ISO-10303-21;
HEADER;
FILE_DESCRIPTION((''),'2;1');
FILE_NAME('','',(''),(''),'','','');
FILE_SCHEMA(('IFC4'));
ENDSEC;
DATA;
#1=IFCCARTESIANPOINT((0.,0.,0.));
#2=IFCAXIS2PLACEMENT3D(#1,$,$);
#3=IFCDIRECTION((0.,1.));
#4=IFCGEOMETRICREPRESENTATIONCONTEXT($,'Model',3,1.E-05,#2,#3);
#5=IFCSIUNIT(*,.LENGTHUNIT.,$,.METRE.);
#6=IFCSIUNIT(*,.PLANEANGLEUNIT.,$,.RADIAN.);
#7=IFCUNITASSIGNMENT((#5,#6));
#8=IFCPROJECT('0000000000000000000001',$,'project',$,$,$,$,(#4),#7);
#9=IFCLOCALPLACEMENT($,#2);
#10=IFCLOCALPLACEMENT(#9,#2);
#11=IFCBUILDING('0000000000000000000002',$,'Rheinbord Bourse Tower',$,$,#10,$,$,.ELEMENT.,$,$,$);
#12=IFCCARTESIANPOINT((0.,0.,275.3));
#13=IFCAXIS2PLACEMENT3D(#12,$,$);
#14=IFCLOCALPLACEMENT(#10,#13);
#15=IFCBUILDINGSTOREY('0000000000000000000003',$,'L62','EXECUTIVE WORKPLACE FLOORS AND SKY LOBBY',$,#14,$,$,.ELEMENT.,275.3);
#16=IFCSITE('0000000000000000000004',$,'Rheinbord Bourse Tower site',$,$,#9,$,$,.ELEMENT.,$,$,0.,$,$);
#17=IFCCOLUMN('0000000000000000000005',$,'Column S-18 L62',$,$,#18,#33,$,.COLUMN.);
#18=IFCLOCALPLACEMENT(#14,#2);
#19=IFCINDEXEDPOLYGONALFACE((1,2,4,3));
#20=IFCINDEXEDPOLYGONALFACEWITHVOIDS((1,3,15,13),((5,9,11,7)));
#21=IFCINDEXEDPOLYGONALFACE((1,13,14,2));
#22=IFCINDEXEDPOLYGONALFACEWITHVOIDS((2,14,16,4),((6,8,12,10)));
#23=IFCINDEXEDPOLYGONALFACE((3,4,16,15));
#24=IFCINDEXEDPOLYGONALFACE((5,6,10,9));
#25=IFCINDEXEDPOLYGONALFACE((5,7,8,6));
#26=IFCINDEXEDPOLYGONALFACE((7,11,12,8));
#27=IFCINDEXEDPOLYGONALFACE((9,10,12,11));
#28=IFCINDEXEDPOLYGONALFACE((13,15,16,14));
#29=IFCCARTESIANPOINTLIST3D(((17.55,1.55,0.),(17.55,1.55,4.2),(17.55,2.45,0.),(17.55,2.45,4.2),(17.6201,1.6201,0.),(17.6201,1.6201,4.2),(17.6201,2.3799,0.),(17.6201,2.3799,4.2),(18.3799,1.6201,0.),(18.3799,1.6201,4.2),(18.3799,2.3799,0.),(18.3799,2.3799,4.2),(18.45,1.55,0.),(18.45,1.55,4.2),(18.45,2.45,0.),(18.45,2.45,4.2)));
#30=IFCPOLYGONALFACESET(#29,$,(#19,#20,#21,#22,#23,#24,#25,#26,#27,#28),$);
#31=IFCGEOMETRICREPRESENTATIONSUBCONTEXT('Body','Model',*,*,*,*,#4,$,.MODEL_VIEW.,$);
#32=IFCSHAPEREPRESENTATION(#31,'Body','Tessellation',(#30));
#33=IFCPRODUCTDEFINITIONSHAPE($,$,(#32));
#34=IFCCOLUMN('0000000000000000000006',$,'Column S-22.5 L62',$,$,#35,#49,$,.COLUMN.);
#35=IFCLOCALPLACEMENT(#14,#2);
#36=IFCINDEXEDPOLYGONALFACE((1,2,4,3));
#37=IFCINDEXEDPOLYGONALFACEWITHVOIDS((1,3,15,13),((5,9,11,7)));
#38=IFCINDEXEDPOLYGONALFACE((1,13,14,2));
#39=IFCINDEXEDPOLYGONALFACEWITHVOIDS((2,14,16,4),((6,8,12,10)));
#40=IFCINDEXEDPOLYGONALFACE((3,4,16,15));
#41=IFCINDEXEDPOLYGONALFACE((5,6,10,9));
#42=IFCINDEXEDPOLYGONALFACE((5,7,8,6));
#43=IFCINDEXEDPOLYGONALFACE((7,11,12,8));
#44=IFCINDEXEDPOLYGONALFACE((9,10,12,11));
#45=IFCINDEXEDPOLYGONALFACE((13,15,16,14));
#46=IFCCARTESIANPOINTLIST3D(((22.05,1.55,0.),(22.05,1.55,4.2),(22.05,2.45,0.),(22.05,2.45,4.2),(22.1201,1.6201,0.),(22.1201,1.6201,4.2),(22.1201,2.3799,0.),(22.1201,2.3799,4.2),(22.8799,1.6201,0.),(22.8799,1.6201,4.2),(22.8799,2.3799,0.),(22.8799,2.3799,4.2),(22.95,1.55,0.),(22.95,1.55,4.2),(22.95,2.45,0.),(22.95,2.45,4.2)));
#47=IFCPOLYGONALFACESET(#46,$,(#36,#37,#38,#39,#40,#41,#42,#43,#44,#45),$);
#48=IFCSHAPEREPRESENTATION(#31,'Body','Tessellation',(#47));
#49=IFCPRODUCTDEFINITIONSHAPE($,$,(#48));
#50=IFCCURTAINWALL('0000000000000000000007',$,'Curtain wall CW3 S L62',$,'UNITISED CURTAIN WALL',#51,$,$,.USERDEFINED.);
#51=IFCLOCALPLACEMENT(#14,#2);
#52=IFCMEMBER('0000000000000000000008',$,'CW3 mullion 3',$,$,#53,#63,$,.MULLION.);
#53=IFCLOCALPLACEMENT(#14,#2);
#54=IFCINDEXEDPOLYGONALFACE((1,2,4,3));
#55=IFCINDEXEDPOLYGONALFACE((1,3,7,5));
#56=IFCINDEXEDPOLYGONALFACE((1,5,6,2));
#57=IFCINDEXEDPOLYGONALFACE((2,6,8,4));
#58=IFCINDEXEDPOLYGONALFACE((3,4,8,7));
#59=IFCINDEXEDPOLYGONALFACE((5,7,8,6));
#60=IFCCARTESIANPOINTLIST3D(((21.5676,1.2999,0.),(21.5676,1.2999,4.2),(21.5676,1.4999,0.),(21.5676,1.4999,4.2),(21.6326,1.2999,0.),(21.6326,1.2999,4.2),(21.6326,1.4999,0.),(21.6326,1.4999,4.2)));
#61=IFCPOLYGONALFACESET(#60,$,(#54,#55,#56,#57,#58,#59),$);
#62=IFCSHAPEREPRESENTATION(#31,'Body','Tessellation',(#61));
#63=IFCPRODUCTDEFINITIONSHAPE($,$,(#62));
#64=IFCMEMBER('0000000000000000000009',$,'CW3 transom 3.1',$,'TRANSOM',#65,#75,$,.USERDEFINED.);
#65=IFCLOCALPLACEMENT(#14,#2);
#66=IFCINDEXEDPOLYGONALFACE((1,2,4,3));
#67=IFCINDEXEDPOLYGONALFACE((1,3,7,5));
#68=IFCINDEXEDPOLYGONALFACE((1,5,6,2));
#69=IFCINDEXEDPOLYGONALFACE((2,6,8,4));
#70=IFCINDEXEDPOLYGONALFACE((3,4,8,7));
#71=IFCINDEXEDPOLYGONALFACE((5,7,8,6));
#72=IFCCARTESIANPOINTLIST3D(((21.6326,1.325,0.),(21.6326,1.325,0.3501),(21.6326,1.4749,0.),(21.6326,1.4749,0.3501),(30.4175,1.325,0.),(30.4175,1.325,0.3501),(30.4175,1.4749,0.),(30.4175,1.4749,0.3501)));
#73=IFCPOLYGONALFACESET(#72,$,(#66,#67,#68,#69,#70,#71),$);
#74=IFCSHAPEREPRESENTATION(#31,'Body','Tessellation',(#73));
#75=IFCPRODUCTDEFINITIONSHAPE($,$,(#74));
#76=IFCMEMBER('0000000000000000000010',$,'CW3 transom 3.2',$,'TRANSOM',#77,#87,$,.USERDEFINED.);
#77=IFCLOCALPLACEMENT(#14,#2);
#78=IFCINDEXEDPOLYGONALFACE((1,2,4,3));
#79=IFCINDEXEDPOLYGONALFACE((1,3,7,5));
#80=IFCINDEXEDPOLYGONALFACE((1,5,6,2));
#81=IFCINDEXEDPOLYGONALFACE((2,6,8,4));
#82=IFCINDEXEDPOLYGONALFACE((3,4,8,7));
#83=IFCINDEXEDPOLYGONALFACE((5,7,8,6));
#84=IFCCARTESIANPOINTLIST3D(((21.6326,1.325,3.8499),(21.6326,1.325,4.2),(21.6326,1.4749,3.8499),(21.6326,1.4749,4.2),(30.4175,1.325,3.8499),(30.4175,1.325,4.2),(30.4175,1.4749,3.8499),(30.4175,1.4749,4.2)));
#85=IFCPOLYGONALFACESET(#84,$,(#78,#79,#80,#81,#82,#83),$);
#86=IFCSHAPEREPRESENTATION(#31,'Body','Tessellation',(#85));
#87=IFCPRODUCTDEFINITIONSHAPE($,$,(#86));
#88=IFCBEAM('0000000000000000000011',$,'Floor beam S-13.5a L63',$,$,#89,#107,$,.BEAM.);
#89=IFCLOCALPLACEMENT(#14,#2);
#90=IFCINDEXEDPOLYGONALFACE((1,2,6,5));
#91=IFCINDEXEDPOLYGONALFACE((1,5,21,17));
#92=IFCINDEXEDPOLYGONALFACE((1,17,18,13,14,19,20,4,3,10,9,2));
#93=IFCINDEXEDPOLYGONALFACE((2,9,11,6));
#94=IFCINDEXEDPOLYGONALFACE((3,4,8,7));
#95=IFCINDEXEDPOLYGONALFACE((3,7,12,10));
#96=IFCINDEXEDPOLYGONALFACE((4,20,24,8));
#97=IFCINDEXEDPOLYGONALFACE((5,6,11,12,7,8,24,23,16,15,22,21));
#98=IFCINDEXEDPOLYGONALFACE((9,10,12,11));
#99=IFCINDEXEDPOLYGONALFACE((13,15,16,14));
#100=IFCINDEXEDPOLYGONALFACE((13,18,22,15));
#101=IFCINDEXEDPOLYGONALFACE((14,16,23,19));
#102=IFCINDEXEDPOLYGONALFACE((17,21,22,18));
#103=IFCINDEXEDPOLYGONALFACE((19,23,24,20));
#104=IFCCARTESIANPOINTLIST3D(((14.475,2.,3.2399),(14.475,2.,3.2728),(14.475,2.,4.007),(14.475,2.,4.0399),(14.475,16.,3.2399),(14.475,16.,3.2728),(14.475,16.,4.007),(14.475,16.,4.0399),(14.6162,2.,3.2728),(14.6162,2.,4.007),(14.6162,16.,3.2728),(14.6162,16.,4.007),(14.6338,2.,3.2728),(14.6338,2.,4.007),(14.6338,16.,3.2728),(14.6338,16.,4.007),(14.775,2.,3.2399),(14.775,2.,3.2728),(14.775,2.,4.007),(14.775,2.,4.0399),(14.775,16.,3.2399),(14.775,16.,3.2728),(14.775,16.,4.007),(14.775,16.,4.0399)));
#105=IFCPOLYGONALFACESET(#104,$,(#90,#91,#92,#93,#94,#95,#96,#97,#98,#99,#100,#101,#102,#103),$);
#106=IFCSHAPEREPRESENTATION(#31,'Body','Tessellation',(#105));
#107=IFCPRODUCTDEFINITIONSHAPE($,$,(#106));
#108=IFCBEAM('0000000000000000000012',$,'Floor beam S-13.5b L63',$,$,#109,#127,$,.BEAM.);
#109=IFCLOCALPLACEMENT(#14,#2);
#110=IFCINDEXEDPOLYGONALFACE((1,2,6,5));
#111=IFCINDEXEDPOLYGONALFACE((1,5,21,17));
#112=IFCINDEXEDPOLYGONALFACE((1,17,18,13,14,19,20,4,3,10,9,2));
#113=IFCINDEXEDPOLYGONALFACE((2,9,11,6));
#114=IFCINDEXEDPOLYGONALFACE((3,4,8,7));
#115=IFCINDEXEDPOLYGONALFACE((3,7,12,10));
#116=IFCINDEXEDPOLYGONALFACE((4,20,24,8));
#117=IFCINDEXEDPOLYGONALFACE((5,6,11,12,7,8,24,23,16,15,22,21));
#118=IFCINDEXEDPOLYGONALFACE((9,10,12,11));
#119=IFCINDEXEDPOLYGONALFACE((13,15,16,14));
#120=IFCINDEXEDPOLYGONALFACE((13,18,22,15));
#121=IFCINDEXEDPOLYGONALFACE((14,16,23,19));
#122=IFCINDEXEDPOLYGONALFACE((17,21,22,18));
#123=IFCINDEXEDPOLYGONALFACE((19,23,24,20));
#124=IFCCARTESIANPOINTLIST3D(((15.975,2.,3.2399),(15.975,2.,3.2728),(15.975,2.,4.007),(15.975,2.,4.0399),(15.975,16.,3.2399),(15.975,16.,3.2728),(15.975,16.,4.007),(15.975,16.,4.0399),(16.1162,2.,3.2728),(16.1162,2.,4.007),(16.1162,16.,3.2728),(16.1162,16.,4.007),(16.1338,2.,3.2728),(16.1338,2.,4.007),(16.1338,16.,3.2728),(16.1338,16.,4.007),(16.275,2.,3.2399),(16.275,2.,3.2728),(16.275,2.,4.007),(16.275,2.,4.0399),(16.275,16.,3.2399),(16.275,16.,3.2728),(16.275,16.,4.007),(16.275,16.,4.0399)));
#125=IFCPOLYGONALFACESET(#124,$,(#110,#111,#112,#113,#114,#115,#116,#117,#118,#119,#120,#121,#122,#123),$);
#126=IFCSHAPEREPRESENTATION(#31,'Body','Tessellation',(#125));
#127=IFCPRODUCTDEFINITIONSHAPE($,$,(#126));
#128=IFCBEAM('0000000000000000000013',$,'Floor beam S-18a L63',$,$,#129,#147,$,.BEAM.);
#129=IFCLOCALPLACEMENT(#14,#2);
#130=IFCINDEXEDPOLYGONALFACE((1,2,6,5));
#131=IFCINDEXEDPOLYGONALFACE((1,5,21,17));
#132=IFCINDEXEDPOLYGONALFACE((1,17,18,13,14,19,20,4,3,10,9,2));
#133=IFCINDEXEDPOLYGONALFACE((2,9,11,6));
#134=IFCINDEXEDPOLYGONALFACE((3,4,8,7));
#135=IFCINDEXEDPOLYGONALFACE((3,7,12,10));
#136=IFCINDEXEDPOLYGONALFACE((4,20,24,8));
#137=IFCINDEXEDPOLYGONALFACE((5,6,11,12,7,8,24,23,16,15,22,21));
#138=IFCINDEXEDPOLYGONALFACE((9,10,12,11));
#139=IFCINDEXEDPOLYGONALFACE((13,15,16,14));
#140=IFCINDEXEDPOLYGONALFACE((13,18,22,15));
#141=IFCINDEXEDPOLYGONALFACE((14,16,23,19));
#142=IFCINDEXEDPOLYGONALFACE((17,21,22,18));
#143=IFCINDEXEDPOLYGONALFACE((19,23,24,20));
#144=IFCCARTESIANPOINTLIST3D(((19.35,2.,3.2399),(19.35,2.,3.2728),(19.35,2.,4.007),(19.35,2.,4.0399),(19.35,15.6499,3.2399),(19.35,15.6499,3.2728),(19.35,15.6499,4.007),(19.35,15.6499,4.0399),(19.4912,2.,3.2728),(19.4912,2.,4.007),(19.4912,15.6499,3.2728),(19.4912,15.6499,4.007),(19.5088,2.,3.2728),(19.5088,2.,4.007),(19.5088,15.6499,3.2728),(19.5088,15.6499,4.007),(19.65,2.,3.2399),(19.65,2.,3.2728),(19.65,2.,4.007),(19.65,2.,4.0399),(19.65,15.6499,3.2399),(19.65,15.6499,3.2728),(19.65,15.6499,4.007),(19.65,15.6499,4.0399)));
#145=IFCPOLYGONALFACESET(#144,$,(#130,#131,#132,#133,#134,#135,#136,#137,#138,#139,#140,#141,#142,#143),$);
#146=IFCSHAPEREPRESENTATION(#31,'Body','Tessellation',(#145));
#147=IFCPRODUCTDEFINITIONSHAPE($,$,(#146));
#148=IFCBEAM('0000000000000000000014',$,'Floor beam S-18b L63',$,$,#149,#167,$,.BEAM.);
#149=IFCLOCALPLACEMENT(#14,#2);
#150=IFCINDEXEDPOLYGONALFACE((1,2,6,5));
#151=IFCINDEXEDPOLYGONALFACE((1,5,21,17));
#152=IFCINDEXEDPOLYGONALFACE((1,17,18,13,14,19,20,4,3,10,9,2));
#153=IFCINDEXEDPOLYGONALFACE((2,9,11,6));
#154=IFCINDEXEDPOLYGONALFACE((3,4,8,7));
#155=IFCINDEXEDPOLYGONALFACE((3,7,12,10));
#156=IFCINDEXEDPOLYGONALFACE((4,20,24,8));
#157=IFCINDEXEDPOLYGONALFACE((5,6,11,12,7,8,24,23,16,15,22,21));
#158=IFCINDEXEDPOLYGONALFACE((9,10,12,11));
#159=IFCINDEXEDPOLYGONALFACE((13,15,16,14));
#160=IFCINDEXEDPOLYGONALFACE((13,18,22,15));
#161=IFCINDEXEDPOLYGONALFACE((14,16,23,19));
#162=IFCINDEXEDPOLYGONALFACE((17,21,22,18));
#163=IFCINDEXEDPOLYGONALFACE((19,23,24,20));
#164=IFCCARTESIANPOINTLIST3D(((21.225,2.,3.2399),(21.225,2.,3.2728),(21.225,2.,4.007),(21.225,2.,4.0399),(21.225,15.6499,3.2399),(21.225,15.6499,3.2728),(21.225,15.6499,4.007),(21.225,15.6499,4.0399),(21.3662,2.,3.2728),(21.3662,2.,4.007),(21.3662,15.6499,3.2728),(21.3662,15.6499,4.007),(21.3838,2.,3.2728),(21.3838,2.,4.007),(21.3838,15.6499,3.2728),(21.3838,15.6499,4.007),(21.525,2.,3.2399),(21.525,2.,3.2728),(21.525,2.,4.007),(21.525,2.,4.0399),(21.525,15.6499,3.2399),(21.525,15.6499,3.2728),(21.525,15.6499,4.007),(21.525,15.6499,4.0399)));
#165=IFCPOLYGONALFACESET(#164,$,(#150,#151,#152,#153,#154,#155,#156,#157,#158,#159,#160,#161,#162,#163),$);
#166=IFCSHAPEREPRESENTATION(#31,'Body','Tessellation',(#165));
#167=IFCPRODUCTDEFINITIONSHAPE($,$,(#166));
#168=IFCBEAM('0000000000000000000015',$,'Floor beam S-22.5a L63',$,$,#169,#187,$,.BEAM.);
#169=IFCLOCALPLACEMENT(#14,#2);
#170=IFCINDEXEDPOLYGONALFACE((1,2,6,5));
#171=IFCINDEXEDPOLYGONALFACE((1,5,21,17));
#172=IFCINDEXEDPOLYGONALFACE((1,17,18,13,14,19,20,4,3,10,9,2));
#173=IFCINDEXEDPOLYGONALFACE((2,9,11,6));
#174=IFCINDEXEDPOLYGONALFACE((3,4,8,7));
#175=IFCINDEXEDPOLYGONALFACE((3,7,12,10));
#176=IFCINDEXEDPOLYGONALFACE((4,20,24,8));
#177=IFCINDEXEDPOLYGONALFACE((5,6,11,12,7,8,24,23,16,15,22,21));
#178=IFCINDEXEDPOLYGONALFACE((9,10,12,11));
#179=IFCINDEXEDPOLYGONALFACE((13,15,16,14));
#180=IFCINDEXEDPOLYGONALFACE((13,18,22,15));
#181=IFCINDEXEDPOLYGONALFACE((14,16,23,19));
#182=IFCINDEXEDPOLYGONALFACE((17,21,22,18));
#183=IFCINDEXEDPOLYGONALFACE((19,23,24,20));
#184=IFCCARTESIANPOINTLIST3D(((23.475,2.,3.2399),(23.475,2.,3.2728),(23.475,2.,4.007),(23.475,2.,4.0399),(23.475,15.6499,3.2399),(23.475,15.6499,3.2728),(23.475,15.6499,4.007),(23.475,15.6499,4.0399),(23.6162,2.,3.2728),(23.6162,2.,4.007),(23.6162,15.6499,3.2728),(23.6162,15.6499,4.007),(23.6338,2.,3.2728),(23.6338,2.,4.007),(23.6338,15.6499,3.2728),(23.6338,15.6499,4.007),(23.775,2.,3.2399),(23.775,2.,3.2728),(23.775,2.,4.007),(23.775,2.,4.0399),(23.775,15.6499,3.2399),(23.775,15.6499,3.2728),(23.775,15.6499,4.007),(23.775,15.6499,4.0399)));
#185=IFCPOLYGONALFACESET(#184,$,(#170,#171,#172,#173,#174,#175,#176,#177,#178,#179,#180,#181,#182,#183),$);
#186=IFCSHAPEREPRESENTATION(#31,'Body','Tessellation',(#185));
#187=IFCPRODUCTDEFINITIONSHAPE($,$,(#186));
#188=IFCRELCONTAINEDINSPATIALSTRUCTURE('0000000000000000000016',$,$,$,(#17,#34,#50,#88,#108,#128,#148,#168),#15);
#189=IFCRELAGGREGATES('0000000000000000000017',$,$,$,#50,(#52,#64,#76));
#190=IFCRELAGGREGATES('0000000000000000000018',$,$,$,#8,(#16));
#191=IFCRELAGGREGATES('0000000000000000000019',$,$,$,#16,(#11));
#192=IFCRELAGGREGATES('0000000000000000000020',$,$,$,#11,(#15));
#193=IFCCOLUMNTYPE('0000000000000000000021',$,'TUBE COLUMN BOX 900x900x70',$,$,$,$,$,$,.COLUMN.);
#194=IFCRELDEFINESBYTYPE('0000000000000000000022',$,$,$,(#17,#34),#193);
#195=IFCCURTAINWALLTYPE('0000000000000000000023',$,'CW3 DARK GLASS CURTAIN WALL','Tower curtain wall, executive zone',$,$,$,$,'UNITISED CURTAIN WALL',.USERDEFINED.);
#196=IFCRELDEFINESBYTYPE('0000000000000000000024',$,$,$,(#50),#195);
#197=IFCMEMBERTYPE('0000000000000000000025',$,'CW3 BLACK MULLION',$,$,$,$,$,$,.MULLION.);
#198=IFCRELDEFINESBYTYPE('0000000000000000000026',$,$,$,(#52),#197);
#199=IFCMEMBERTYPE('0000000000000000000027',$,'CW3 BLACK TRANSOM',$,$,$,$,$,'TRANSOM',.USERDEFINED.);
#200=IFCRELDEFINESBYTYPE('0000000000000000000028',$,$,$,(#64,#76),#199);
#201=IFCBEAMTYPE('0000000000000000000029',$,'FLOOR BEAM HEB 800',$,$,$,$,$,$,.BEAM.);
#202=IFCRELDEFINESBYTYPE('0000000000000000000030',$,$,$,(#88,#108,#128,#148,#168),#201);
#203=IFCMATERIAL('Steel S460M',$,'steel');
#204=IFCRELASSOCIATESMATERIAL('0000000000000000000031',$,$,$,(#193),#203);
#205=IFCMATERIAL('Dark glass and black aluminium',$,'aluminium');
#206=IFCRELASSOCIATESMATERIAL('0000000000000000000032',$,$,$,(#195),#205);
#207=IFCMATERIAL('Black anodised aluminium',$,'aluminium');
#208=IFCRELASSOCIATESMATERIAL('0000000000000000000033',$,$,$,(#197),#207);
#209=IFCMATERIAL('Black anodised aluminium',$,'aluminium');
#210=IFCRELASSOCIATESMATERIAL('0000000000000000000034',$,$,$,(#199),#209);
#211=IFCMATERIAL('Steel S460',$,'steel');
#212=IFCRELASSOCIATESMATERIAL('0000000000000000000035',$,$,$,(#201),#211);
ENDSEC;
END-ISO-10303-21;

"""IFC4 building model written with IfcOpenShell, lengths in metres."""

from ifc_helpers import new_model, si_unit, direction, frame, origin, origin_2d, place, context, subcontext, project, spatial, rectangle, hollow_rectangle, i_section, extrude, material, material_profile, profile_set, type_object, element, aggregate, save


model = new_model("IFC4")

# Units and contexts
model_context = context("Model", 3, precision=1e-05, world=origin(), true_north=direction((0.0, 1.0)))
body_context = subcontext(model_context, "Body", "Model", "MODEL_VIEW")
ifc_project = project(units=[si_unit("LENGTHUNIT", "METRE"), si_unit("PLANEANGLEUNIT", "RADIAN")], contexts=[model_context])

# Site, building, storey
site_placement = place(None, origin())
site = spatial("IfcSite", under=ifc_project, at=site_placement, Name="Rheinbord Bourse Tower site", CompositionType="ELEMENT", RefElevation=0.0)
building_placement = place(site_placement, origin())
building = spatial("IfcBuilding", under=site, at=building_placement, Name="Rheinbord Bourse Tower", CompositionType="ELEMENT")
storey_placement = place(building_placement, frame((0.0, 0.0, 275.3)))
storey = spatial("IfcBuildingStorey", under=building, at=storey_placement, Name="L62", Description="EXECUTIVE WORKPLACE FLOORS AND SKY LOBBY", CompositionType="ELEMENT", Elevation=275.3)

# Columns
ifc_material_1 = material(Name="Steel S460M", Category="steel")
ifc_material_profile_1 = material_profile(ifc_material_1, hollow_rectangle(XDim=0.8999, YDim=0.8999, WallThickness=0.0701, at=origin_2d()), Name="BOX 900x900x70")
ifc_profile_set_1 = profile_set([ifc_material_profile_1], Name="Steel S460M")
column_type = type_object("IfcColumnType", Name="TUBE COLUMN BOX 900x900x70", PredefinedType="COLUMN", material=ifc_profile_set_1)
for number, where, z_axis, x_axis, name in (
    (1, (18.0, 2.0, 0.0), (0.0, 0.0, 1.0), (0.0, 1.0, 0.0), "Column S-18 L62"),
    (2, (22.5, 2.0, 0.0), (0.0, 0.0, 1.0), (0.0, 1.0, 0.0), "Column S-22.5 L62"),
):
    element("IfcColumn", number, at=place(storey_placement, frame(where, z_axis=z_axis, x_axis=x_axis)), inside=storey, type_object=column_type, Name=name, PredefinedType="COLUMN", context=body_context, shape_type="SweptSolid", body=[
        extrude(hollow_rectangle(XDim=0.8999, YDim=0.8999, WallThickness=0.0701, at=origin_2d()), origin(), (0.0, 0.0, 1.0), 4.2),
    ])

# Curtain wall, members
ifc_material_2 = material(Name="Dark glass and black aluminium", Category="aluminium")
curtain_wall_type = type_object("IfcCurtainWallType", Name="CW3 DARK GLASS CURTAIN WALL", Description="Tower curtain wall, executive zone", ElementType="UNITISED CURTAIN WALL", PredefinedType="USERDEFINED", material=ifc_material_2)
curtain_wall_placement = place(storey_placement, origin())
curtain_wall = element("IfcCurtainWall", 3, at=curtain_wall_placement, inside=storey, type_object=curtain_wall_type, Name="Curtain wall CW3 S L62", ObjectType="UNITISED CURTAIN WALL", PredefinedType="USERDEFINED")
ifc_material_3 = material(Name="Black anodised aluminium", Category="aluminium")
ifc_material_profile_2 = material_profile(ifc_material_3, rectangle(XDim=0.2, YDim=0.0649, at=origin_2d()), Name="CW3 MULLION 65x200")
ifc_profile_set_2 = profile_set([ifc_material_profile_2], Name="Black anodised aluminium")
member_type_1 = type_object("IfcMemberType", Name="CW3 BLACK MULLION", PredefinedType="MULLION", material=ifc_profile_set_2)
member_1_placement = place(storey_placement, frame((21.6001, 1.3999, 0.0), z_axis=(0.0, 0.0, 1.0), x_axis=(0.0, 1.0, 0.0)))
member_1 = element("IfcMember", 4, at=member_1_placement, type_object=member_type_1, Name="CW3 mullion 3", PredefinedType="MULLION", context=body_context, shape_type="SweptSolid", body=[
    extrude(rectangle(XDim=0.2, YDim=0.0649, at=origin_2d()), origin(), (0.0, 0.0, 1.0), 4.2),
])
ifc_material_4 = material(Name="Black anodised aluminium", Category="aluminium")
ifc_material_profile_3 = material_profile(ifc_material_4, rectangle(XDim=0.1499, YDim=0.3501, at=origin_2d()), Name="CW3 TRANSOM 350x150")
ifc_profile_set_3 = profile_set([ifc_material_profile_3], Name="Black anodised aluminium")
member_type_2 = type_object("IfcMemberType", Name="CW3 BLACK TRANSOM", ElementType="TRANSOM", PredefinedType="USERDEFINED", material=ifc_profile_set_3)
member_2_placement = place(storey_placement, frame((21.6326, 1.3999, 0.175), z_axis=(1.0, 0.0, 0.0), x_axis=(0.0, 1.0, 0.0)))
member_2 = element("IfcMember", 5, at=member_2_placement, type_object=member_type_2, Name="CW3 transom 3.1", ObjectType="TRANSOM", PredefinedType="USERDEFINED", context=body_context, shape_type="SweptSolid", body=[
    extrude(rectangle(XDim=0.1499, YDim=0.3501, at=origin_2d()), origin(), (0.0, 0.0, 1.0), 8.7849),
])
member_3_placement = place(storey_placement, frame((21.6326, 1.3999, 4.0249), z_axis=(1.0, 0.0, 0.0), x_axis=(0.0, 1.0, 0.0)))
member_3 = element("IfcMember", 6, at=member_3_placement, type_object=member_type_2, Name="CW3 transom 3.2", ObjectType="TRANSOM", PredefinedType="USERDEFINED", context=body_context, shape_type="SweptSolid", body=[
    extrude(rectangle(XDim=0.1499, YDim=0.3501, at=origin_2d()), origin(), (0.0, 0.0, 1.0), 8.7849),
])

# Beams
ifc_material_5 = material(Name="Steel S460", Category="steel")
ifc_material_profile_4 = material_profile(ifc_material_5, i_section(OverallWidth=0.3, OverallDepth=0.8, WebThickness=0.0176, FlangeThickness=0.033, at=origin_2d()), Name="HEB 800")
ifc_profile_set_4 = profile_set([ifc_material_profile_4], Name="Steel S460")
beam_type_1 = type_object("IfcBeamType", Name="FLOOR BEAM HEB 800", PredefinedType="BEAM", material=ifc_profile_set_4)
for number, where, z_axis, x_axis, name in (
    (7, (14.625, 2.0, 3.6399), (0.0, 1.0, 0.0), (-1.0, 0.0, 0.0), "Floor beam S-13.5a L63"),
    (8, (16.125, 2.0, 3.6399), (0.0, 1.0, 0.0), (-1.0, 0.0, 0.0), "Floor beam S-13.5b L63"),
):
    element("IfcBeam", number, at=place(storey_placement, frame(where, z_axis=z_axis, x_axis=x_axis)), inside=storey, type_object=beam_type_1, Name=name, PredefinedType="BEAM", context=body_context, shape_type="SweptSolid", body=[
        extrude(i_section(OverallWidth=0.3, OverallDepth=0.8, WebThickness=0.0176, FlangeThickness=0.033, at=origin_2d()), origin(), (0.0, 0.0, 1.0), 14.0),
    ])
for number, where, z_axis, x_axis, name in (
    (9, (19.5, 2.0, 3.6399), (0.0, 1.0, 0.0), (-1.0, 0.0, 0.0), "Floor beam S-18a L63"),
    (10, (21.375, 2.0, 3.6399), (0.0, 1.0, 0.0), (-1.0, 0.0, 0.0), "Floor beam S-18b L63"),
    (11, (23.625, 2.0, 3.6399), (0.0, 1.0, 0.0), (-1.0, 0.0, 0.0), "Floor beam S-22.5a L63"),
):
    element("IfcBeam", number, at=place(storey_placement, frame(where, z_axis=z_axis, x_axis=x_axis)), inside=storey, type_object=beam_type_1, Name=name, PredefinedType="BEAM", context=body_context, shape_type="SweptSolid", body=[
        extrude(i_section(OverallWidth=0.3, OverallDepth=0.8, WebThickness=0.0176, FlangeThickness=0.033, at=origin_2d()), origin(), (0.0, 0.0, 1.0), 13.6499),
    ])

aggregate(curtain_wall, [member_1, member_2, member_3])

save(model, "model.ifc")
